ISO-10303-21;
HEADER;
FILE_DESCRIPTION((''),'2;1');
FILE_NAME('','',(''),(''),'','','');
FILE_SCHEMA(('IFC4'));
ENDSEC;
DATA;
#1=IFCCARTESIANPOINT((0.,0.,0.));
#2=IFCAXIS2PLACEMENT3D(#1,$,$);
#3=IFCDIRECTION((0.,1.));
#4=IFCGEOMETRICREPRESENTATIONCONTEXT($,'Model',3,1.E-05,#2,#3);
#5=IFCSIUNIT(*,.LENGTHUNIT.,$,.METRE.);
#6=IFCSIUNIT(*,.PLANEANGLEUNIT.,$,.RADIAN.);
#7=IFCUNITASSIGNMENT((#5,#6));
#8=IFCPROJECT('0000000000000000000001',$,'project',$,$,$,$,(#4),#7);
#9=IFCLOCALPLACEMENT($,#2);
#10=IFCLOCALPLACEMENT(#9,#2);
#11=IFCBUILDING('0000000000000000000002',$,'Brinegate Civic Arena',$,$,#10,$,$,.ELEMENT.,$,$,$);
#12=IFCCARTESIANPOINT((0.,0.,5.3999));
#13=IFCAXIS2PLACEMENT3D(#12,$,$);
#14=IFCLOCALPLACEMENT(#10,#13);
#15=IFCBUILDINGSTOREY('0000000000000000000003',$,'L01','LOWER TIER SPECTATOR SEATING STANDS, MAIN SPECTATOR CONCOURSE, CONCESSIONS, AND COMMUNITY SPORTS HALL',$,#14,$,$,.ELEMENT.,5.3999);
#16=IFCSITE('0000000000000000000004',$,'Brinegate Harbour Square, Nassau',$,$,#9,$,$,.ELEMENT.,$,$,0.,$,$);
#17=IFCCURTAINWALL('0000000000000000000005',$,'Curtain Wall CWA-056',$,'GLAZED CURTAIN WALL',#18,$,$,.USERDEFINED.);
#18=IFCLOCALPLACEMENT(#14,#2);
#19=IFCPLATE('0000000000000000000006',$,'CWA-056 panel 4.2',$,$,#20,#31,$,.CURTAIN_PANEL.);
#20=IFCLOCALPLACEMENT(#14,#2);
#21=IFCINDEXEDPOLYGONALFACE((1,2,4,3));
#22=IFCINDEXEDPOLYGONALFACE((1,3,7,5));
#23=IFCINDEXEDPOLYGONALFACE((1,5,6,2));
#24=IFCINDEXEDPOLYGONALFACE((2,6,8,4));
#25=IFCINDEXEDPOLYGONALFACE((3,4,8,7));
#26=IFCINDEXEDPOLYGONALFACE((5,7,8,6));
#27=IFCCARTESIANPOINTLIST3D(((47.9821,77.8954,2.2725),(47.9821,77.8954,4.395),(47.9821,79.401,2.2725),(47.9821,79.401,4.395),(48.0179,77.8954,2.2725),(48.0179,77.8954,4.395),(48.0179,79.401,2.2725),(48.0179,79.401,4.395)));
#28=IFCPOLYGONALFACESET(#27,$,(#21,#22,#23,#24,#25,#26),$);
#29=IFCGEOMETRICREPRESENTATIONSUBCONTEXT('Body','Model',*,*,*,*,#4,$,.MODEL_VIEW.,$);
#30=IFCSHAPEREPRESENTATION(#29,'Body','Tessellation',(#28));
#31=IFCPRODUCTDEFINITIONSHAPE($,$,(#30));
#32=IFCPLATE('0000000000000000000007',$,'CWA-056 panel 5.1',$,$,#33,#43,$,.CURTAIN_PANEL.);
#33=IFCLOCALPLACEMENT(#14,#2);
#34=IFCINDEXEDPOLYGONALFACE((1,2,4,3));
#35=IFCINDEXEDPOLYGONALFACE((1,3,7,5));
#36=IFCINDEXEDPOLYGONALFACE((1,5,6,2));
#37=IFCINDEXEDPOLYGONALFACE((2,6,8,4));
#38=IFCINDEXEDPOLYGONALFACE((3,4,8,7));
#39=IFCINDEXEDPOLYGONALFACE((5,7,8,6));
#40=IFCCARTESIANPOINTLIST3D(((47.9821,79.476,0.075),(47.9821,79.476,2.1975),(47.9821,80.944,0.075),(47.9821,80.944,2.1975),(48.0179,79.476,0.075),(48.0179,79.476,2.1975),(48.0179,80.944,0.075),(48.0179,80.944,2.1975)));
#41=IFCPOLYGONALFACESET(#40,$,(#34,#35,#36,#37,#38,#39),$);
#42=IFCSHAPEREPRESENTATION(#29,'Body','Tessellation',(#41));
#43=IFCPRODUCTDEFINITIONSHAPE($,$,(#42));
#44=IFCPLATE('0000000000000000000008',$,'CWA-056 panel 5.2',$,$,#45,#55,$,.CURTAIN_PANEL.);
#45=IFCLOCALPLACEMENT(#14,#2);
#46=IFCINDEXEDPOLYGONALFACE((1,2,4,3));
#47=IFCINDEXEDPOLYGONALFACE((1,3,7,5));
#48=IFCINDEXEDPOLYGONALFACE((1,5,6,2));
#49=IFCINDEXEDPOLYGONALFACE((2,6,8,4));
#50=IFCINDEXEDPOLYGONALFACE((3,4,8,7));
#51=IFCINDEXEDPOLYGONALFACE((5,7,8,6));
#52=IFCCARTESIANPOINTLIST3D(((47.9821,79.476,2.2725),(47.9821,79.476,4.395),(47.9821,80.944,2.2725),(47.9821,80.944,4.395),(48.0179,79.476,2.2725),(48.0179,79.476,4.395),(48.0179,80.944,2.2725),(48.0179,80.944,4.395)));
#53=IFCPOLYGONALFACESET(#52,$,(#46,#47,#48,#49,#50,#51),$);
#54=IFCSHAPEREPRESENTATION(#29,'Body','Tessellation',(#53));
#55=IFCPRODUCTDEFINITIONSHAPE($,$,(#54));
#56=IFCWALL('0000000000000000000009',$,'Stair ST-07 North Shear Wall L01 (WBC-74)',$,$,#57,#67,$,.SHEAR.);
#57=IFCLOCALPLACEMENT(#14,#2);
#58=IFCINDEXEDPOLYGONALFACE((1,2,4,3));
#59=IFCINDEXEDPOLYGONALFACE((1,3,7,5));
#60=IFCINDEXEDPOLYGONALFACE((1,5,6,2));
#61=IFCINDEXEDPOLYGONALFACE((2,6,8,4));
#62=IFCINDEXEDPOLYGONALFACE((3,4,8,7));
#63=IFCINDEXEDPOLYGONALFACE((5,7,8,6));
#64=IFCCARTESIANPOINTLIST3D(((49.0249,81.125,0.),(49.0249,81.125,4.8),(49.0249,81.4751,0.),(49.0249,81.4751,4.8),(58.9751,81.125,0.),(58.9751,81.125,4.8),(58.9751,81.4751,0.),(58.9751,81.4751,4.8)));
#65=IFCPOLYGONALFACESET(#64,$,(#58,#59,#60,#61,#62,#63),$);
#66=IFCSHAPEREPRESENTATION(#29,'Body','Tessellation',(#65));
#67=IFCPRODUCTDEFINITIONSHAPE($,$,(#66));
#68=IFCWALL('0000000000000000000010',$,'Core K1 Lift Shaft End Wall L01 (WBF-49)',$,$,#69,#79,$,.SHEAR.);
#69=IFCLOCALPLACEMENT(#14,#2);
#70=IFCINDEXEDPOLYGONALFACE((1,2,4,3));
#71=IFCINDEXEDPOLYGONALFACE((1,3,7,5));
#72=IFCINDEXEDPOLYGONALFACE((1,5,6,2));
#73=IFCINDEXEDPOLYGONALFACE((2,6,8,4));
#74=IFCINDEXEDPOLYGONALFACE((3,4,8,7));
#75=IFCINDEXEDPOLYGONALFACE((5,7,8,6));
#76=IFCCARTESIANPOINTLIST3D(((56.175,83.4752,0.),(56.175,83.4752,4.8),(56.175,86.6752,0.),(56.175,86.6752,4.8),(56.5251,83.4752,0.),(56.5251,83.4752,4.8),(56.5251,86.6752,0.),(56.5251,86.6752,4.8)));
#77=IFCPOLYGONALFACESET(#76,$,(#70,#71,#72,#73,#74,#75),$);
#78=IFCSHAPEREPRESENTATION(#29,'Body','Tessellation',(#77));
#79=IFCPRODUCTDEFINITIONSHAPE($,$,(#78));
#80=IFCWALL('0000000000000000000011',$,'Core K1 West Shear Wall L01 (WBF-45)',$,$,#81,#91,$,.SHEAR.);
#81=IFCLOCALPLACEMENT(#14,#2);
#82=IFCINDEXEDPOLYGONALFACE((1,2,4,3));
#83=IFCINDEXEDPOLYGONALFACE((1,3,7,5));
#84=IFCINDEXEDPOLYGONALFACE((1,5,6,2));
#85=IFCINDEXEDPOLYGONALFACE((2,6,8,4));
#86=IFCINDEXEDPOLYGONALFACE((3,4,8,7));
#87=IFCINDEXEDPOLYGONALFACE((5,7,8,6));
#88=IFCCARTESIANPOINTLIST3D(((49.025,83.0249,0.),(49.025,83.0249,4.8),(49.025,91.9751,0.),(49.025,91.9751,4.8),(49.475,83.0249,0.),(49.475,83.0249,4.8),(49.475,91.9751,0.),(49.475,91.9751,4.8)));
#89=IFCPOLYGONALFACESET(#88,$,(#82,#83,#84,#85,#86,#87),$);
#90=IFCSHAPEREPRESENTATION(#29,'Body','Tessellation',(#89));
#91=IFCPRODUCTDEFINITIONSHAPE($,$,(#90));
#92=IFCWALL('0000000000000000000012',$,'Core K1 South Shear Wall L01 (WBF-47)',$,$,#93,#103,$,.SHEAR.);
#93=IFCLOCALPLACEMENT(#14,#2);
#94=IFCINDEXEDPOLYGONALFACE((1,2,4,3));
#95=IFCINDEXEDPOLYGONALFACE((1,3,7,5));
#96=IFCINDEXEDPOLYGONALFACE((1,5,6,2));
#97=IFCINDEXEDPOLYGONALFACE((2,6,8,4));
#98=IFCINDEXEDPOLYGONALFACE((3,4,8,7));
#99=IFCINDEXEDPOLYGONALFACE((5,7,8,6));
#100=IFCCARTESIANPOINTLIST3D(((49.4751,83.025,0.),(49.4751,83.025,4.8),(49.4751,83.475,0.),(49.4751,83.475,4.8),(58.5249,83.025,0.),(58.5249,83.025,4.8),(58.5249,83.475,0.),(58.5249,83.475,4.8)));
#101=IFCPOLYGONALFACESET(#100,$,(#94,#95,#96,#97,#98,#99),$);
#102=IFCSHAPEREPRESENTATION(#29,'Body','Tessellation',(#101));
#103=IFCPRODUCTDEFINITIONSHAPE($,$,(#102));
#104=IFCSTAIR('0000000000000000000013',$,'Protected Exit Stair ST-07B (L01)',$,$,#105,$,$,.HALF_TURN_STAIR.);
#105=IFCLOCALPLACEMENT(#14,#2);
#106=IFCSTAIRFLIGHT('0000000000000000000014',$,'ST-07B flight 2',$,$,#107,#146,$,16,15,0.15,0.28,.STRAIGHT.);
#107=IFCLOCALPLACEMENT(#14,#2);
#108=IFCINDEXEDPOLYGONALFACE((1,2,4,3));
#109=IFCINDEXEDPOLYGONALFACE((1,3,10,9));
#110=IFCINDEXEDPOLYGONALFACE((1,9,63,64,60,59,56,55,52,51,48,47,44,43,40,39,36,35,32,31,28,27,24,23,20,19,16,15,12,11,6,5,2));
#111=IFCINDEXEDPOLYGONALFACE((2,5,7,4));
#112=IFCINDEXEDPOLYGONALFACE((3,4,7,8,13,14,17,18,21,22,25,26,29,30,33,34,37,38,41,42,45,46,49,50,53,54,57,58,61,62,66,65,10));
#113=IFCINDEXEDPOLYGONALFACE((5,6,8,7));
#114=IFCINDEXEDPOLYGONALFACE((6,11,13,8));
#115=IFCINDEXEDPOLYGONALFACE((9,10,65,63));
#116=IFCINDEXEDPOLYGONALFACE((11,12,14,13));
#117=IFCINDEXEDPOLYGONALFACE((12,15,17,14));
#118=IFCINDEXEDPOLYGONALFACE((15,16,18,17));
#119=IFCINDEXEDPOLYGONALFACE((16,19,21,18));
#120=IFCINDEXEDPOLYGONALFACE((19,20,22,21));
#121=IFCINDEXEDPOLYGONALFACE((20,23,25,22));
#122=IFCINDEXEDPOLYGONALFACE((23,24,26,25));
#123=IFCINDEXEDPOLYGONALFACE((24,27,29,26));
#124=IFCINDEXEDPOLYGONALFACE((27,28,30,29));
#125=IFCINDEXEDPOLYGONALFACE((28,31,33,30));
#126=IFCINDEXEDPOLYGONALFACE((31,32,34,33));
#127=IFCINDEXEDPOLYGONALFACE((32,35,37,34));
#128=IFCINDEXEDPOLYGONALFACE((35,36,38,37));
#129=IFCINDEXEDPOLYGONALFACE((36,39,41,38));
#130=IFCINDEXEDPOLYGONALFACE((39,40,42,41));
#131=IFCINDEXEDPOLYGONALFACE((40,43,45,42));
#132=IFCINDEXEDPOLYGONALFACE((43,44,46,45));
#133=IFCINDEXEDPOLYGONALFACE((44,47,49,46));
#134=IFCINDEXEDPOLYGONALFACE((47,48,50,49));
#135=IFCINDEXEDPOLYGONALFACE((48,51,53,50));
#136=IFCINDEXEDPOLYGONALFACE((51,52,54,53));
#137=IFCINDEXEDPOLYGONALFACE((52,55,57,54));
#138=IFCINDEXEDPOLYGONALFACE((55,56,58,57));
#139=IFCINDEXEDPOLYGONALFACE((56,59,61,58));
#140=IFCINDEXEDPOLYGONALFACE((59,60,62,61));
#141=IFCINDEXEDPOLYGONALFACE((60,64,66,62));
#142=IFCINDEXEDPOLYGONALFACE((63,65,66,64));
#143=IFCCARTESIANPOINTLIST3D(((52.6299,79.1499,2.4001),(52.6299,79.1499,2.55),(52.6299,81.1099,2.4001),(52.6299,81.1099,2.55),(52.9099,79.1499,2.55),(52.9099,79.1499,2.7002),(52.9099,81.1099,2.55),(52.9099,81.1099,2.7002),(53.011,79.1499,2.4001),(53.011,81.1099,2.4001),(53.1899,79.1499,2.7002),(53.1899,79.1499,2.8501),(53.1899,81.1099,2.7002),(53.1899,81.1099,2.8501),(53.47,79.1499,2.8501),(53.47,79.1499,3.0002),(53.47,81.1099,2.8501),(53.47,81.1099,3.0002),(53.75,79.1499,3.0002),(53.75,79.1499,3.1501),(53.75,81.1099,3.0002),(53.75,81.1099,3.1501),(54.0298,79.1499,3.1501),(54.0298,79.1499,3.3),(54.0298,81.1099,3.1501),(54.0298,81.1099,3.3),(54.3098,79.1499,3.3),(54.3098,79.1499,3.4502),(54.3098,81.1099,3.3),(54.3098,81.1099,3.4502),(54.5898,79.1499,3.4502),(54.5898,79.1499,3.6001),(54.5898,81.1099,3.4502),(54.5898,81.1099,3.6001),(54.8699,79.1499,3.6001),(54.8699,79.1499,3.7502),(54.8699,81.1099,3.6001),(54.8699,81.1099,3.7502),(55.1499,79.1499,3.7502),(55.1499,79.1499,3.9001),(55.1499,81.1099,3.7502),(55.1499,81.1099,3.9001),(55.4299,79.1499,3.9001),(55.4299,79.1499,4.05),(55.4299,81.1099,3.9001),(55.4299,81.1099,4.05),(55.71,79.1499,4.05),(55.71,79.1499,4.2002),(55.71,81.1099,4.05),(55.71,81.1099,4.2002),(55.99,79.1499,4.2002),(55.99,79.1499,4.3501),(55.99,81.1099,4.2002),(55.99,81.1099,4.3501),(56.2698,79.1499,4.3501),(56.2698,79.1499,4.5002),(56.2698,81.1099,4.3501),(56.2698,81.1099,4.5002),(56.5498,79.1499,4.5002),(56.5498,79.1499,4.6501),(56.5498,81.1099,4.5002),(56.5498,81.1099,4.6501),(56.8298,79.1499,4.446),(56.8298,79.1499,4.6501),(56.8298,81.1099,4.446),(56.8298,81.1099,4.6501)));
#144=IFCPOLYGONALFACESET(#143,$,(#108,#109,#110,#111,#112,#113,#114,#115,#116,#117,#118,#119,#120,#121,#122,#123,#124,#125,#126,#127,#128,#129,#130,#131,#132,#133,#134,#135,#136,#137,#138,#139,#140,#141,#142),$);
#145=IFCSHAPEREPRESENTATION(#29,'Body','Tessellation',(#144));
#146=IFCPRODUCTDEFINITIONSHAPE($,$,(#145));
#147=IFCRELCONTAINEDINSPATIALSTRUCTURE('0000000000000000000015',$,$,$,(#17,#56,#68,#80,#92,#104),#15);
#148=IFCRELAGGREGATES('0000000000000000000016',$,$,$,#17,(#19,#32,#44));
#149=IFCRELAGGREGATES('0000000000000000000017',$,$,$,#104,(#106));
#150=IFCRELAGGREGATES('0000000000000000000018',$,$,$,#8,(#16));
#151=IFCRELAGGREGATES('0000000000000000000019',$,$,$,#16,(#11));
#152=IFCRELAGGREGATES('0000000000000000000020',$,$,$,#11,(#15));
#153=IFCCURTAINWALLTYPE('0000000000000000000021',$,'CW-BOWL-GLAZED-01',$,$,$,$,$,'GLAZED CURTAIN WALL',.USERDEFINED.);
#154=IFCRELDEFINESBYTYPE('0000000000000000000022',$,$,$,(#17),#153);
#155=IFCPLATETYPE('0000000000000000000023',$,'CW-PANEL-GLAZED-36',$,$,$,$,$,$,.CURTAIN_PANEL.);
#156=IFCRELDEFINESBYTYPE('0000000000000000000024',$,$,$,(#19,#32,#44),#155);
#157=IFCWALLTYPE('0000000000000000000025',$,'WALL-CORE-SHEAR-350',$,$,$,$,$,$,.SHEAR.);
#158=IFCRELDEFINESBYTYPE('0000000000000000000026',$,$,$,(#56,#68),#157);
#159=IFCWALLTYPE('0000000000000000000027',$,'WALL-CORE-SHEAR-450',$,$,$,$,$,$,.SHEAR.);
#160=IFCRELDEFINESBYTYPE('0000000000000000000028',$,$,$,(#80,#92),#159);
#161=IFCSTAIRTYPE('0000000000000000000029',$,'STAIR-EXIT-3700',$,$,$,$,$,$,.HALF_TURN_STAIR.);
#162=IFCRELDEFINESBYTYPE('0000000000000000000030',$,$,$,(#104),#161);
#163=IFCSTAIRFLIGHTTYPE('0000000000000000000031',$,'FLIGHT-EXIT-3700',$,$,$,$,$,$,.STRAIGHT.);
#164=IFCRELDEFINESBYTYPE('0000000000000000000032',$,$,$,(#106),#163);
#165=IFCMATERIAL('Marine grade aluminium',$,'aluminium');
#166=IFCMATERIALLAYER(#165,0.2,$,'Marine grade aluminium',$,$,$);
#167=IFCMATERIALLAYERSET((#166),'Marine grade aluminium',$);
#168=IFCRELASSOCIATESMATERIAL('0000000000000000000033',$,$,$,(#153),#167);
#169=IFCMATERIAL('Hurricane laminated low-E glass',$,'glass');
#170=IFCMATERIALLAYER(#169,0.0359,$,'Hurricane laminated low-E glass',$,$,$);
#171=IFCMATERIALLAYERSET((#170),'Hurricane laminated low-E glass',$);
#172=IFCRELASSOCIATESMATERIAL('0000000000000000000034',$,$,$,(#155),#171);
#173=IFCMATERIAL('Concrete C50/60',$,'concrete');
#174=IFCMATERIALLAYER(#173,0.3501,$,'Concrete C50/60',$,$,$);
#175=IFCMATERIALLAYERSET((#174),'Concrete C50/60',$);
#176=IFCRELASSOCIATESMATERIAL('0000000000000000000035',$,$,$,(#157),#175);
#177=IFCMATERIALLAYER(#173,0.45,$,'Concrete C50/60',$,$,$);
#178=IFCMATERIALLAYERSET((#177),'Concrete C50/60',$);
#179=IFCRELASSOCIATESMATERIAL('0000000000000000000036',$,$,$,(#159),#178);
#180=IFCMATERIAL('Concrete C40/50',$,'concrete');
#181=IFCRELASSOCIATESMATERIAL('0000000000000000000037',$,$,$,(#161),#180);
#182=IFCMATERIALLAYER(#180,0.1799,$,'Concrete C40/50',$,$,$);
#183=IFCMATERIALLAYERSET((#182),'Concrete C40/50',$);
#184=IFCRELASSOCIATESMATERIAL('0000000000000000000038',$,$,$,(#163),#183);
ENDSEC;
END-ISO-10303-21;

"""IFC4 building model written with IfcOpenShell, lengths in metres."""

from ifc_helpers import new_model, si_unit, direction, frame, frame_2d, origin, origin_2d, place, context, subcontext, project, spatial, polyline, rectangle, outline, extrude, material, layer, layer_set, type_object, element, aggregate, save


model = new_model("IFC4")

# Units and contexts
model_context = context("Model", 3, precision=1e-05, world=origin(), true_north=direction((0.0, 1.0)))
body_context = subcontext(model_context, "Body", "Model", "MODEL_VIEW")
ifc_project = project(units=[si_unit("LENGTHUNIT", "METRE"), si_unit("PLANEANGLEUNIT", "RADIAN")], contexts=[model_context])

# Site, building, storey
site_placement = place(None, origin())
site = spatial("IfcSite", under=ifc_project, at=site_placement, Name="Brinegate Harbour Square, Nassau", CompositionType="ELEMENT", RefElevation=0.0)
building_placement = place(site_placement, origin())
building = spatial("IfcBuilding", under=site, at=building_placement, Name="Brinegate Civic Arena", CompositionType="ELEMENT")
storey_placement = place(building_placement, frame((0.0, 0.0, 5.3999)))
storey = spatial("IfcBuildingStorey", under=building, at=storey_placement, Name="L01", Description="LOWER TIER SPECTATOR SEATING STANDS, MAIN SPECTATOR CONCOURSE, CONCESSIONS, AND COMMUNITY SPORTS HALL", CompositionType="ELEMENT", Elevation=5.3999)

# Shared definitions
ifc_material_1 = material(Name="Marine grade aluminium", Category="aluminium")
ifc_layer_1 = layer(ifc_material_1, 0.2, Name="Marine grade aluminium")
ifc_layer_set_1 = layer_set([ifc_layer_1], Name="Marine grade aluminium")
curtain_wall_type = type_object("IfcCurtainWallType", Name="CW-BOWL-GLAZED-01", ElementType="GLAZED CURTAIN WALL", PredefinedType="USERDEFINED", material=ifc_layer_set_1)

# Curtain wall
curtain_wall_1_placement = place(storey_placement, origin())
curtain_wall_1 = element("IfcCurtainWall", 1, at=curtain_wall_1_placement, inside=storey, type_object=curtain_wall_type, Name="Curtain Wall CWA-056", ObjectType="GLAZED CURTAIN WALL", PredefinedType="USERDEFINED")

# Plates
ifc_material_2 = material(Name="Hurricane laminated low-E glass", Category="glass")
ifc_layer_2 = layer(ifc_material_2, 0.0359, Name="Hurricane laminated low-E glass")
ifc_layer_set_2 = layer_set([ifc_layer_2], Name="Hurricane laminated low-E glass")
plate_type = type_object("IfcPlateType", Name="CW-PANEL-GLAZED-36", PredefinedType="CURTAIN_PANEL", material=ifc_layer_set_2)
plate_1_placement = place(storey_placement, frame((48.0, 78.6482, 2.2725), z_axis=(0.0, 0.0, 1.0), x_axis=(0.0, 1.0, 0.0)))
plate_1 = element("IfcPlate", 2, at=plate_1_placement, type_object=plate_type, Name="CWA-056 panel 4.2", PredefinedType="CURTAIN_PANEL", context=body_context, shape_type="SweptSolid", body=[
    extrude(rectangle(XDim=1.5056, YDim=0.0359, at=origin_2d()), origin(), (0.0, 0.0, 1.0), 2.1226),
])
plate_2_placement = place(storey_placement, frame((48.0, 80.21, 0.075), z_axis=(0.0, 0.0, 1.0), x_axis=(0.0, 1.0, 0.0)))
plate_2 = element("IfcPlate", 3, at=plate_2_placement, type_object=plate_type, Name="CWA-056 panel 5.1", PredefinedType="CURTAIN_PANEL", context=body_context, shape_type="SweptSolid", body=[
    extrude(rectangle(XDim=1.468, YDim=0.0359, at=origin_2d()), origin(), (0.0, 0.0, 1.0), 2.1226),
])
plate_3_placement = place(storey_placement, frame((48.0, 80.21, 2.2725), z_axis=(0.0, 0.0, 1.0), x_axis=(0.0, 1.0, 0.0)))
plate_3 = element("IfcPlate", 4, at=plate_3_placement, type_object=plate_type, Name="CWA-056 panel 5.2", PredefinedType="CURTAIN_PANEL", context=body_context, shape_type="SweptSolid", body=[
    extrude(rectangle(XDim=1.468, YDim=0.0359, at=origin_2d()), origin(), (0.0, 0.0, 1.0), 2.1226),
])
aggregate(curtain_wall_1, [plate_1, plate_2, plate_3])

# Walls
ifc_material_3 = material(Name="Concrete C50/60", Category="concrete")
ifc_layer_3 = layer(ifc_material_3, 0.3501, Name="Concrete C50/60")
ifc_layer_set_3 = layer_set([ifc_layer_3], Name="Concrete C50/60")
wall_type_1 = type_object("IfcWallType", Name="WALL-CORE-SHEAR-350", PredefinedType="SHEAR", material=ifc_layer_set_3)
wall_1_placement = place(storey_placement, frame((49.0249, 81.3, 0.0), z_axis=(0.0, 0.0, 1.0), x_axis=(1.0, 0.0, 0.0)))
element("IfcWall", 5, at=wall_1_placement, inside=storey, type_object=wall_type_1, Name="Stair ST-07 North Shear Wall L01 (WBC-74)", PredefinedType="SHEAR", context=body_context, shape_type="SweptSolid", body=[
    extrude(rectangle(XDim=9.9502, YDim=0.3501, at=frame_2d((4.9751, 0.0))), origin(), (0.0, 0.0, 1.0), 4.8),
])
wall_2_placement = place(storey_placement, frame((56.3501, 83.4751, 0.0), z_axis=(0.0, 0.0, 1.0), x_axis=(0.0, 1.0, 0.0)))
element("IfcWall", 6, at=wall_2_placement, inside=storey, type_object=wall_type_1, Name="Core K1 Lift Shaft End Wall L01 (WBF-49)", PredefinedType="SHEAR", context=body_context, shape_type="SweptSolid", body=[
    extrude(rectangle(XDim=3.2, YDim=0.3501, at=frame_2d((1.6001, 0.0))), origin(), (0.0, 0.0, 1.0), 4.8),
])
ifc_layer_4 = layer(ifc_material_3, 0.45, Name="Concrete C50/60")
ifc_layer_set_4 = layer_set([ifc_layer_4], Name="Concrete C50/60")
wall_type_2 = type_object("IfcWallType", Name="WALL-CORE-SHEAR-450", PredefinedType="SHEAR", material=ifc_layer_set_4)
wall_3_placement = place(storey_placement, frame((49.25, 83.0249, 0.0), z_axis=(0.0, 0.0, 1.0), x_axis=(0.0, 1.0, 0.0)))
element("IfcWall", 7, at=wall_3_placement, inside=storey, type_object=wall_type_2, Name="Core K1 West Shear Wall L01 (WBF-45)", PredefinedType="SHEAR", context=body_context, shape_type="SweptSolid", body=[
    extrude(rectangle(XDim=8.9502, YDim=0.45, at=frame_2d((4.4751, 0.0))), origin(), (0.0, 0.0, 1.0), 4.8),
])
wall_4_placement = place(storey_placement, frame((49.4751, 83.25, 0.0), z_axis=(0.0, 0.0, 1.0), x_axis=(1.0, 0.0, 0.0)))
element("IfcWall", 8, at=wall_4_placement, inside=storey, type_object=wall_type_2, Name="Core K1 South Shear Wall L01 (WBF-47)", PredefinedType="SHEAR", context=body_context, shape_type="SweptSolid", body=[
    extrude(rectangle(XDim=9.0498, YDim=0.45, at=frame_2d((4.5249, 0.0))), origin(), (0.0, 0.0, 1.0), 4.8),
])

# Stair, stair flight
ifc_material_4 = material(Name="Concrete C40/50", Category="concrete")
stair_type = type_object("IfcStairType", Name="STAIR-EXIT-3700", PredefinedType="HALF_TURN_STAIR", material=ifc_material_4)
stair_placement = place(storey_placement, origin())
stair = element("IfcStair", 9, at=stair_placement, inside=storey, type_object=stair_type, Name="Protected Exit Stair ST-07B (L01)", PredefinedType="HALF_TURN_STAIR")
ifc_layer_5 = layer(ifc_material_4, 0.1799, Name="Concrete C40/50")
ifc_layer_set_5 = layer_set([ifc_layer_5], Name="Concrete C40/50")
stair_flight_type = type_object("IfcStairFlightType", Name="FLIGHT-EXIT-3700", PredefinedType="STRAIGHT", material=ifc_layer_set_5)
stair_flight_placement = place(storey_placement, frame((52.6299, 80.1299, 2.4001), z_axis=(0.0, 0.0, 1.0), x_axis=(1.0, 0.0, 0.0)))
stair_flight = element("IfcStairFlight", 10, at=stair_flight_placement, type_object=stair_flight_type, Name="ST-07B flight 2", NumberOfRisers=16, NumberOfTreads=15, PredefinedType="STRAIGHT", RiserHeight=0.15, TreadLength=0.28, context=body_context, shape_type="SweptSolid", body=[
    extrude(outline(polyline([(0.0, 0.0), (0.0, 0.1499), (0.28, 0.1499), (0.28, 0.3), (0.5601, 0.3), (0.5601, 0.45), (0.8401, 0.45), (0.8401, 0.6001), (1.1201, 0.6001), (1.1201, 0.75), (1.3999, 0.75), (1.3999, 0.8999), (1.6799, 0.8999), (1.6799, 1.05), (1.96, 1.05), (1.96, 1.2), (2.24, 1.2), (2.24, 1.3501), (2.52, 1.3501), (2.52, 1.5), (2.8, 1.5), (2.8, 1.6499), (3.0801, 1.6499), (3.0801, 1.8), (3.3601, 1.8), (3.3601, 1.95), (3.6399, 1.95), (3.6399, 2.1001), (3.9199, 2.1001), (3.9199, 2.25), (4.2, 2.25), (4.2, 2.3999), (4.2, 2.0459), (0.3811, 0.0), (0.0, 0.0)])), frame((0.0, 0.98, 0.0), z_axis=(0.0, -1.0, 0.0), x_axis=(1.0, 0.0, 0.0)), (0.0, 0.0, 1.0), 1.96),
])
aggregate(stair, [stair_flight])

save(model, "model.ifc")
